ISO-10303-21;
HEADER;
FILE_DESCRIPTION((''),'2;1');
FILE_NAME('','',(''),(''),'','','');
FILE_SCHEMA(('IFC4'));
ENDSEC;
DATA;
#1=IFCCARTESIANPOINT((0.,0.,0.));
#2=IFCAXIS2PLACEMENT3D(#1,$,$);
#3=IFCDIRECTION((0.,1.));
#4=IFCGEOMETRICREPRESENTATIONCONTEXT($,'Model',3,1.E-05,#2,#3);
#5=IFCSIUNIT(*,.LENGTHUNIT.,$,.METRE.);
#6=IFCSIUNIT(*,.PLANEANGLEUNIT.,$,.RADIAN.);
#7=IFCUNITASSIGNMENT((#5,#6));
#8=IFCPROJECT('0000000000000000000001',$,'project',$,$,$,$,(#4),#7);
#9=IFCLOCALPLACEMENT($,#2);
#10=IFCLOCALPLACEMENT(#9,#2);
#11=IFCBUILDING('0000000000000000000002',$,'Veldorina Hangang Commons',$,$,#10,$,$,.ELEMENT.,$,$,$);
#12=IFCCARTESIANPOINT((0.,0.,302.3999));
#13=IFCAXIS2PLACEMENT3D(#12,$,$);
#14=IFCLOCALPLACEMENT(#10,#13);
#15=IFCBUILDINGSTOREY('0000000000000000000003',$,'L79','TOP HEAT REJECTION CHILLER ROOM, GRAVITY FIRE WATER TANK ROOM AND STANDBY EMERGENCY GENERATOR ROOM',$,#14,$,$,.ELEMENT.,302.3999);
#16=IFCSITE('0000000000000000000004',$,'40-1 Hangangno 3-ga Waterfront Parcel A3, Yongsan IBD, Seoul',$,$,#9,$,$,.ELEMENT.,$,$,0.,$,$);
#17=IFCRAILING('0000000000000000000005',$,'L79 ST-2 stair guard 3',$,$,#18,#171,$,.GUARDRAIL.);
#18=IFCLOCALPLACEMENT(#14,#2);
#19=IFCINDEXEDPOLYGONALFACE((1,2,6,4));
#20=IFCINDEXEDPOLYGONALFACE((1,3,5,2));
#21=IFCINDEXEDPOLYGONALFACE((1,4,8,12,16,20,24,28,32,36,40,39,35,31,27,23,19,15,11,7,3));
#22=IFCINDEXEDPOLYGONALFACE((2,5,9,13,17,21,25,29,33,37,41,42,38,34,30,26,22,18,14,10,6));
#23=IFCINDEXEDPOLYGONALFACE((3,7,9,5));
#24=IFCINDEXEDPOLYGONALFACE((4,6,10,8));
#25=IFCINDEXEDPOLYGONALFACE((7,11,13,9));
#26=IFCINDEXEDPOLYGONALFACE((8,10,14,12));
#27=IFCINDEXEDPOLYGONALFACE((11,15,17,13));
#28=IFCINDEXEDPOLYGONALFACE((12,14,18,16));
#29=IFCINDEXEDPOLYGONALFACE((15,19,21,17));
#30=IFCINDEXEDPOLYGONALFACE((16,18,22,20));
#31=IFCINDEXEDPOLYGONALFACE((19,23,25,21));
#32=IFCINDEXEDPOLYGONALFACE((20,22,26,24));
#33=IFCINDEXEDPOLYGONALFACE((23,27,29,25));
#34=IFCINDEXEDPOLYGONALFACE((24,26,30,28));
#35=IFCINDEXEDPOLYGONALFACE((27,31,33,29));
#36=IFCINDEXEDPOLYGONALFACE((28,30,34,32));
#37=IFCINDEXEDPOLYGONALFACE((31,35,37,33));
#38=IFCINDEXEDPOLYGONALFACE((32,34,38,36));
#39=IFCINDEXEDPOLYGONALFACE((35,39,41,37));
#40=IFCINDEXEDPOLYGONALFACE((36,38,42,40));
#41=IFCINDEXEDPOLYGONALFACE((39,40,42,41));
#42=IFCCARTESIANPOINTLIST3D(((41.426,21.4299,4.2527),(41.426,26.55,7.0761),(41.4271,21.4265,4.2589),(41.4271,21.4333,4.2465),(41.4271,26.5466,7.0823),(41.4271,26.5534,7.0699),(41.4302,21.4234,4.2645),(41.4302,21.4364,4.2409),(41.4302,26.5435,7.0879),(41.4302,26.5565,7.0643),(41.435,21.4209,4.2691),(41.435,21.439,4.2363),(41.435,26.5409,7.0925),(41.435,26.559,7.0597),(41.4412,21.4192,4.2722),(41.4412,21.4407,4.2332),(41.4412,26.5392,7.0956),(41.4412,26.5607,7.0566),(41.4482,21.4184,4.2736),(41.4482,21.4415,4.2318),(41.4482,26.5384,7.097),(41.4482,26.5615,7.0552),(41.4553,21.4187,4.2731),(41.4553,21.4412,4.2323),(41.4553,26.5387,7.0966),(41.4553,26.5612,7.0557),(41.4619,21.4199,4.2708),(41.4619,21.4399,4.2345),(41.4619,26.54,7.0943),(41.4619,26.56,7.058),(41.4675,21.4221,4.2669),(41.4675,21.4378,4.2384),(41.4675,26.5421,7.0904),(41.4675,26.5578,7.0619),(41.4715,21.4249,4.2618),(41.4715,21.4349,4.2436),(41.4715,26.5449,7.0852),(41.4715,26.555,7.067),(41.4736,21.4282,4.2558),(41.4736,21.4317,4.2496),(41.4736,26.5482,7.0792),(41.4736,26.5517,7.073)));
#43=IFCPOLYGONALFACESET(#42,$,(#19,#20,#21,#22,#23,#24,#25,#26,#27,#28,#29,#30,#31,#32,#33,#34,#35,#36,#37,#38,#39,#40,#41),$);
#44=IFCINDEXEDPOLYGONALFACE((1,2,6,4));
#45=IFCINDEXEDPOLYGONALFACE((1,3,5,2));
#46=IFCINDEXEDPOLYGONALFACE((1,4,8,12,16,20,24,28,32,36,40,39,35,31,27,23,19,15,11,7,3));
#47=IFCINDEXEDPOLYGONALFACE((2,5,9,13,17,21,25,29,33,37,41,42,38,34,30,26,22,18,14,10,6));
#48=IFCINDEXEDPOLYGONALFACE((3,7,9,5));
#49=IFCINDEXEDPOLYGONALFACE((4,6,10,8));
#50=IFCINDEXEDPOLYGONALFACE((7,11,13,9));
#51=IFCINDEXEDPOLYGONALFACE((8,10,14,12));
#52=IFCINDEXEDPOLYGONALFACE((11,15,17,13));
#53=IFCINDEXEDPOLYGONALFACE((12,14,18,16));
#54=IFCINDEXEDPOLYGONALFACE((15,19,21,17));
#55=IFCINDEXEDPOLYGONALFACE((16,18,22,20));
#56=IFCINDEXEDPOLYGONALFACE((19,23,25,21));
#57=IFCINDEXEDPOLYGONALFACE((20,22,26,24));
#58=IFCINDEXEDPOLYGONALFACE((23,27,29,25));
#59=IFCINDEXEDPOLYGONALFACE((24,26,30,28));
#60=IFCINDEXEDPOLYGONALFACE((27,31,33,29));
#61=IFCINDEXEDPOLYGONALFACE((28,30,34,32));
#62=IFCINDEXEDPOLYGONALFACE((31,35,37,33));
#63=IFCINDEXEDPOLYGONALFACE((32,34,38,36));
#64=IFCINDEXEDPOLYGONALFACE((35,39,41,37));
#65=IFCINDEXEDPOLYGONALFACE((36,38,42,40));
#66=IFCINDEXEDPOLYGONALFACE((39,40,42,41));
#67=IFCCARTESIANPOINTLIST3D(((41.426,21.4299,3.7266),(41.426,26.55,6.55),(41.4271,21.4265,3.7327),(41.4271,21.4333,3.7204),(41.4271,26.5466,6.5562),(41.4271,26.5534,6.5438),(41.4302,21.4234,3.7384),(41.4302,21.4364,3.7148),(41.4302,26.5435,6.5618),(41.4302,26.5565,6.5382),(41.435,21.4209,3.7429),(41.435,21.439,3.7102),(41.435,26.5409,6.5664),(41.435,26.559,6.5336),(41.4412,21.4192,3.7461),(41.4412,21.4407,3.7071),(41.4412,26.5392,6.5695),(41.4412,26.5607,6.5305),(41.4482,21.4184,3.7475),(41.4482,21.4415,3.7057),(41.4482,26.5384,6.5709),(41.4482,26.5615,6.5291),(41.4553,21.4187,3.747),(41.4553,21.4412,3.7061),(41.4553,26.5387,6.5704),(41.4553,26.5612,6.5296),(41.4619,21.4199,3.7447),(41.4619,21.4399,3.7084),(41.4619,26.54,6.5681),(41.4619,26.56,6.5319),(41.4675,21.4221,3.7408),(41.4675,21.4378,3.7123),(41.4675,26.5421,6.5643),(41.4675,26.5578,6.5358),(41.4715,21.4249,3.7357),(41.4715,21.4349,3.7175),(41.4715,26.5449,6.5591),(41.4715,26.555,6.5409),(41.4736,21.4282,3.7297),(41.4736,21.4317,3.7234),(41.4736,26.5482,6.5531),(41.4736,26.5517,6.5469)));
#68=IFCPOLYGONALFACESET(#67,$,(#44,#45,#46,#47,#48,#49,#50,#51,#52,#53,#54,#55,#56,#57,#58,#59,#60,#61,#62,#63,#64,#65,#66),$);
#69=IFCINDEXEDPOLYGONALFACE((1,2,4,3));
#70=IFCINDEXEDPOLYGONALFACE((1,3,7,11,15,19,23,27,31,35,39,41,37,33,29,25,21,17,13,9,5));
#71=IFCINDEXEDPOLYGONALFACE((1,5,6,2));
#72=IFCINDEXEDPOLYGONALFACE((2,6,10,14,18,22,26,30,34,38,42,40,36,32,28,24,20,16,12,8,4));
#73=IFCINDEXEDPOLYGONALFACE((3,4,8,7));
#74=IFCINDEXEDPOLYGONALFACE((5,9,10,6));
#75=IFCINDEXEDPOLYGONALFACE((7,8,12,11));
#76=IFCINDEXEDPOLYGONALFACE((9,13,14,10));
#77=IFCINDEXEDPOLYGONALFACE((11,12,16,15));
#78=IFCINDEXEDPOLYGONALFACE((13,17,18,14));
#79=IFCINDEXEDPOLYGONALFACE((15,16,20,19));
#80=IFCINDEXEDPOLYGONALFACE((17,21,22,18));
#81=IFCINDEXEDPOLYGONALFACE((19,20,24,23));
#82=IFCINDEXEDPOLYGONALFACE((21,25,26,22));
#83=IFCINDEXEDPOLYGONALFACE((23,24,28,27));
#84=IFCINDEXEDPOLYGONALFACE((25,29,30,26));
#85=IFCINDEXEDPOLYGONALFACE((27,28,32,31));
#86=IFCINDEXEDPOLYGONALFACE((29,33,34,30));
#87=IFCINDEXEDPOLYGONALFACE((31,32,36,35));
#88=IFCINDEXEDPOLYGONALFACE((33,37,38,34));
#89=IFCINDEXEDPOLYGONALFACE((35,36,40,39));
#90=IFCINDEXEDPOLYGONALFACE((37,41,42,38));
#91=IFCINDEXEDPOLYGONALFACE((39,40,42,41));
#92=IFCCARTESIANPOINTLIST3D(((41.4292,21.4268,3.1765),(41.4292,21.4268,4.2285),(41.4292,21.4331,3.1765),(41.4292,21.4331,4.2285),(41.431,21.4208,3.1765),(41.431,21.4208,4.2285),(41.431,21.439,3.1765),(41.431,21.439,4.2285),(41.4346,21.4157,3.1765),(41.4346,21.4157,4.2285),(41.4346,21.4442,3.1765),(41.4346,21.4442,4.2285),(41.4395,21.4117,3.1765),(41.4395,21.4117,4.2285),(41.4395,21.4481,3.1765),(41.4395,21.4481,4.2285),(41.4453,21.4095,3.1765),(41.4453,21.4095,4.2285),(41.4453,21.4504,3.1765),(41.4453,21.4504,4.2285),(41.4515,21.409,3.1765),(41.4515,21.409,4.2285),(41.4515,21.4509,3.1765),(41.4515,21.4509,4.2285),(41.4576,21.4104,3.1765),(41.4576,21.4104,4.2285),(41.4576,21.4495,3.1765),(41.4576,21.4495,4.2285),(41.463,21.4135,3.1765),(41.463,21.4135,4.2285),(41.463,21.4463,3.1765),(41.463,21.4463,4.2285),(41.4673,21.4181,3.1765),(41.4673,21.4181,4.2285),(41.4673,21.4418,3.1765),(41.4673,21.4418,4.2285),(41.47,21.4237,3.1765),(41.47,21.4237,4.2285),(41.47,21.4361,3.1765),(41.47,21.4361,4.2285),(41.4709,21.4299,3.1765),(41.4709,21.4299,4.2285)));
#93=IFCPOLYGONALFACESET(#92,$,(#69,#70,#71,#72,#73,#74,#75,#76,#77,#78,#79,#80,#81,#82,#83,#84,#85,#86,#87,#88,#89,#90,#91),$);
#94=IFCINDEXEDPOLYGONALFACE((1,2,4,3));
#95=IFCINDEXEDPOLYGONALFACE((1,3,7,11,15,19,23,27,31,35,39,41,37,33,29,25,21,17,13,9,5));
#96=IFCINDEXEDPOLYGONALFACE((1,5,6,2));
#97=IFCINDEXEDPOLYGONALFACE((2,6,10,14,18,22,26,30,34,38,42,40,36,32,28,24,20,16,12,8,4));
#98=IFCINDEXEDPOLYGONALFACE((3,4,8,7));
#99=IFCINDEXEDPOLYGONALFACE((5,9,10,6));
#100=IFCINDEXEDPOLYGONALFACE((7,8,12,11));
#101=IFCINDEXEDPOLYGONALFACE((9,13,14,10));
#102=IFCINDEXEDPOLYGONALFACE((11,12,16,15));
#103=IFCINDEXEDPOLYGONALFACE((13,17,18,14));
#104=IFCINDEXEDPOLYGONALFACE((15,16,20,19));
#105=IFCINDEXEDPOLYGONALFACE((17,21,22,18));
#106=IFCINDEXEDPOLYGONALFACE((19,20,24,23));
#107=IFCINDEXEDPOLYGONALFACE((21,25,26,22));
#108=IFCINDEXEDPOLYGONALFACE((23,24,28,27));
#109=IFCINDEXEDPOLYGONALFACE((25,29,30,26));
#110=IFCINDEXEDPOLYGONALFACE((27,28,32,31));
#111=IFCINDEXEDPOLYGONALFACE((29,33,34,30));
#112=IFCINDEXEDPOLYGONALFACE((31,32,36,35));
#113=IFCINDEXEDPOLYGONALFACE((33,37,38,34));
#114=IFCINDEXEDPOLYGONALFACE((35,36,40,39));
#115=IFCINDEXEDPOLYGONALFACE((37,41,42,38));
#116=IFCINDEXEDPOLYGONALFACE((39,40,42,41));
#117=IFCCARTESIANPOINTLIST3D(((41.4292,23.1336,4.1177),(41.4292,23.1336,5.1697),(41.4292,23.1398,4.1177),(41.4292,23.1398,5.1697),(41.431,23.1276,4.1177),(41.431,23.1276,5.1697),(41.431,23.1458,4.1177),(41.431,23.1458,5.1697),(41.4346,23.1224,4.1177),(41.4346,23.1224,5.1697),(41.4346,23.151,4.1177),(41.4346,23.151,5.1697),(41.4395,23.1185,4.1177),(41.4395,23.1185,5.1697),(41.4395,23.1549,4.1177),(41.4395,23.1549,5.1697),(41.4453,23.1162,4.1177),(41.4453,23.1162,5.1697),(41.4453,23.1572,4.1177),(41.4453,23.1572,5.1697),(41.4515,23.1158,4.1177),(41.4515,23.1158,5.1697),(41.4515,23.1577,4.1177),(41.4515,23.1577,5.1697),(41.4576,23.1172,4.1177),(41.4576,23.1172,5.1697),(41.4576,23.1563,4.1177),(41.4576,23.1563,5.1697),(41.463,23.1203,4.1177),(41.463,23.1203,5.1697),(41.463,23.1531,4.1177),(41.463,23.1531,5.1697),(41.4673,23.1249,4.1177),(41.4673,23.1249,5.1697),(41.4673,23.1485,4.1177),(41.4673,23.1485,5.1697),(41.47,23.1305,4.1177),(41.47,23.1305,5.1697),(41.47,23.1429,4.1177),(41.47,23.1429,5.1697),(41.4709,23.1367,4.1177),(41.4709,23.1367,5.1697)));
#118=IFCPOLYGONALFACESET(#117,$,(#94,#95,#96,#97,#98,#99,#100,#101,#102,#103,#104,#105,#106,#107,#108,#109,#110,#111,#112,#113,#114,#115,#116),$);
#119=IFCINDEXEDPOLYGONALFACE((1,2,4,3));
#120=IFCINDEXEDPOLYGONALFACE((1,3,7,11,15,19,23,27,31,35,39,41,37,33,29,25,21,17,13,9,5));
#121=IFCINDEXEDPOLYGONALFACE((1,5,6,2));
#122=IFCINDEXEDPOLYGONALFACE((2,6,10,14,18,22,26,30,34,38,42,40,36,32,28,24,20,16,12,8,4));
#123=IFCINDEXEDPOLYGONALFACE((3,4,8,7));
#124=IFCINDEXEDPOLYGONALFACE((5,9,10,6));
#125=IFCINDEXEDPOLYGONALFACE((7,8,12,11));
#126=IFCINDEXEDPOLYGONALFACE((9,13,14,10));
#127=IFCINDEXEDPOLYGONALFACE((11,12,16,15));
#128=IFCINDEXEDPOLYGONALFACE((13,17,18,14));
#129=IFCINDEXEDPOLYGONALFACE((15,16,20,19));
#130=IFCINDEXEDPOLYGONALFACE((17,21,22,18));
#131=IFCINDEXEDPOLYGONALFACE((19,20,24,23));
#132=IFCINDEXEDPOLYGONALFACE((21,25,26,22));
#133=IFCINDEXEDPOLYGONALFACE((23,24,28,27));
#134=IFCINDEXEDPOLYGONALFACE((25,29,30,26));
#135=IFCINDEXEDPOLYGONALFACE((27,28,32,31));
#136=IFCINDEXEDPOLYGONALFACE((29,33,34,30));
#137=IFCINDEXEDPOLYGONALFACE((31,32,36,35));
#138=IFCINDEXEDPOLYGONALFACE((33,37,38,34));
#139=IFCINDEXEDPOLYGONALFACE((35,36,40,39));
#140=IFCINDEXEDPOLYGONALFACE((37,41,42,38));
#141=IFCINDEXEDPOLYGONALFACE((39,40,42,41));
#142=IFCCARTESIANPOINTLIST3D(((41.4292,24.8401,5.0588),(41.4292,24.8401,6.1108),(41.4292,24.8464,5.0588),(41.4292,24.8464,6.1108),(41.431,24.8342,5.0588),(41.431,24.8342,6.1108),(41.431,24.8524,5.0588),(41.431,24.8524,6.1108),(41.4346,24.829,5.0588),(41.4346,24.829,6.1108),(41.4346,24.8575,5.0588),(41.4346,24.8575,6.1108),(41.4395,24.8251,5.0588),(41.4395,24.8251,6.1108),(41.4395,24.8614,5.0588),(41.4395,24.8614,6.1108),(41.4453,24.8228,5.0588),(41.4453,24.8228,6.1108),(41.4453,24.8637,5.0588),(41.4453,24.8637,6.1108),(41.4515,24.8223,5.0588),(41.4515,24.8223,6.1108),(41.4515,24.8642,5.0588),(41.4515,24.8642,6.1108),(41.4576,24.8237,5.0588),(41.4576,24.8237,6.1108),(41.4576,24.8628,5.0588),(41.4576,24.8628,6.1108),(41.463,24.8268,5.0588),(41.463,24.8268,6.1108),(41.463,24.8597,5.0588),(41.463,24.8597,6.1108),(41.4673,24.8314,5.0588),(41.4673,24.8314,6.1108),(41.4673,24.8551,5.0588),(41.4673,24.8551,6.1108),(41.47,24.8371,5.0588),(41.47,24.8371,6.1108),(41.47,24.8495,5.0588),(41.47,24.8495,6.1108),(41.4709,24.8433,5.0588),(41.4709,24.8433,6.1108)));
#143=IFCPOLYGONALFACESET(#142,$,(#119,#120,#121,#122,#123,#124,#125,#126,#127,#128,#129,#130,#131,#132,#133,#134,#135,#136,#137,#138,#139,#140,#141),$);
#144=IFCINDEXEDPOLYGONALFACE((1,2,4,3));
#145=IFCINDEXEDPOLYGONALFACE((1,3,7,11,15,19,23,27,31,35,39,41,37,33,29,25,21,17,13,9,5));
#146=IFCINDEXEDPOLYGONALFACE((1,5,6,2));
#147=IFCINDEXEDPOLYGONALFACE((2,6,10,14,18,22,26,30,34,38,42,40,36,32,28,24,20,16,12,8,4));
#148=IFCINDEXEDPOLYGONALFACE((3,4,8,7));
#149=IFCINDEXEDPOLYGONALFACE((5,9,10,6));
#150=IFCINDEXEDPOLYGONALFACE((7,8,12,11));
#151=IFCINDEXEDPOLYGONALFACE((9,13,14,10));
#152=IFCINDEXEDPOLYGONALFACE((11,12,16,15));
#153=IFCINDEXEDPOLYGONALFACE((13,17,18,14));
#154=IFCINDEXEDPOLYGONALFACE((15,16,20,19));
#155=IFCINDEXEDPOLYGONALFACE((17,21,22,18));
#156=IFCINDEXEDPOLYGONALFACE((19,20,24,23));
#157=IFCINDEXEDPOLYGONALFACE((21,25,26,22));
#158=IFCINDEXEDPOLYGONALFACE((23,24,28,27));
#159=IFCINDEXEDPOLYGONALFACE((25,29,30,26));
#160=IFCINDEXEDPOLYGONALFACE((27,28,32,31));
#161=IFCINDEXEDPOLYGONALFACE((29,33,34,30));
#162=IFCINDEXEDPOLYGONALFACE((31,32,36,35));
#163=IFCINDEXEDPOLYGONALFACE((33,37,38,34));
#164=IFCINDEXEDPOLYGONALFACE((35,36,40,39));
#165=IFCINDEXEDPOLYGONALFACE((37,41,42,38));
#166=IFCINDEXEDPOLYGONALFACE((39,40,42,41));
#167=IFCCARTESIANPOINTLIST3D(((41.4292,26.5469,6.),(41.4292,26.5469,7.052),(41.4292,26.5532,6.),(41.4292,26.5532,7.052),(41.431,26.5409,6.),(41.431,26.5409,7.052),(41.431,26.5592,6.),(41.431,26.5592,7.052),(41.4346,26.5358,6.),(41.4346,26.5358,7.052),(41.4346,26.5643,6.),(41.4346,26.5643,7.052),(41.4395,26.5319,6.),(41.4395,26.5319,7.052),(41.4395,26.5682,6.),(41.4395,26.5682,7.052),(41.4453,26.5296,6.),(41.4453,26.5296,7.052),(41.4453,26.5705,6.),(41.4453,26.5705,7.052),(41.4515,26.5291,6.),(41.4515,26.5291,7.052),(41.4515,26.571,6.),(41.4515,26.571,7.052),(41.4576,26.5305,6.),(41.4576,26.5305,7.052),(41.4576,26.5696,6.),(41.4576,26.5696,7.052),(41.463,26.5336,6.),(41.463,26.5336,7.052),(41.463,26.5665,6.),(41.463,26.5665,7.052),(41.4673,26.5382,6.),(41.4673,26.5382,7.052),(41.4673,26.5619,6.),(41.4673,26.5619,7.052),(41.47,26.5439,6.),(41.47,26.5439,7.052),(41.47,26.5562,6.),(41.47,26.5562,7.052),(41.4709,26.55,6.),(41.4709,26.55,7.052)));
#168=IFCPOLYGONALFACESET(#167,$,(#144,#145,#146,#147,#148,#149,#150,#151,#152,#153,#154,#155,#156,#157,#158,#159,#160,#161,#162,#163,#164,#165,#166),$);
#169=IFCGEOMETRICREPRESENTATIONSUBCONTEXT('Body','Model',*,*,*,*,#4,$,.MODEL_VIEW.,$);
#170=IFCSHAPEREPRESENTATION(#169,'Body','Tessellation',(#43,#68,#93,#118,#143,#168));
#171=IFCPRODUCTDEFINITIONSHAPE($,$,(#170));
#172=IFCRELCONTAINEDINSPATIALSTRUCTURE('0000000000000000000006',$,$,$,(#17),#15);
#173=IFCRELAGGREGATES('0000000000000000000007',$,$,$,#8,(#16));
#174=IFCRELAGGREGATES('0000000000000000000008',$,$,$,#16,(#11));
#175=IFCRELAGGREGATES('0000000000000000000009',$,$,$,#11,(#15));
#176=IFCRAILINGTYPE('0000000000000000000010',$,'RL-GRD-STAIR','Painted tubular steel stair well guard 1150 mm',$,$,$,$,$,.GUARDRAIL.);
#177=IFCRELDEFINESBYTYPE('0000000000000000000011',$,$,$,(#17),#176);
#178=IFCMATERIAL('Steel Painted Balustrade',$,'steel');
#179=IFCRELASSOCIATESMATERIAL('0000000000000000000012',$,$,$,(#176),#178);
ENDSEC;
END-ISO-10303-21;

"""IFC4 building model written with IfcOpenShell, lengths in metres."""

from ifc_helpers import new_model, si_unit, direction, frame, origin, origin_2d, place, context, subcontext, project, spatial, circle, extrude, material, type_object, element, save


model = new_model("IFC4")

# Units and contexts
model_context = context("Model", 3, precision=1e-05, world=origin(), true_north=direction((0.0, 1.0)))
body_context = subcontext(model_context, "Body", "Model", "MODEL_VIEW")
ifc_project = project(units=[si_unit("LENGTHUNIT", "METRE"), si_unit("PLANEANGLEUNIT", "RADIAN")], contexts=[model_context])

# Site, building, storey
site_placement = place(None, origin())
site = spatial("IfcSite", under=ifc_project, at=site_placement, Name="40-1 Hangangno 3-ga Waterfront Parcel A3, Yongsan IBD, Seoul", CompositionType="ELEMENT", RefElevation=0.0)
building_placement = place(site_placement, origin())
building = spatial("IfcBuilding", under=site, at=building_placement, Name="Veldorina Hangang Commons", CompositionType="ELEMENT")
storey_placement = place(building_placement, frame((0.0, 0.0, 302.3999)))
storey = spatial("IfcBuildingStorey", under=building, at=storey_placement, Name="L79", Description="TOP HEAT REJECTION CHILLER ROOM, GRAVITY FIRE WATER TANK ROOM AND STANDBY EMERGENCY GENERATOR ROOM", CompositionType="ELEMENT", Elevation=302.3999)

# Railing
ifc_material_1 = material(Name="Steel Painted Balustrade", Category="steel")
railing_type = type_object("IfcRailingType", Name="RL-GRD-STAIR", Description="Painted tubular steel stair well guard 1150 mm", PredefinedType="GUARDRAIL", material=ifc_material_1)
railing_1_placement = place(storey_placement, frame((41.45, 21.4299, 3.1765)))
element("IfcRailing", 1, at=railing_1_placement, inside=storey, type_object=railing_type, Name="L79 ST-2 stair guard 3", PredefinedType="GUARDRAIL", context=body_context, shape_type="SweptSolid", body=[
    extrude(circle(Radius=0.0239, at=origin_2d()), frame((0.0, 0.0, 1.0762), z_axis=(0.0, 0.875679, 0.482893), x_axis=(-1.0, 0.0, 0.0)), (0.0, 0.0, 1.0), 5.8469),
    extrude(circle(Radius=0.0239, at=origin_2d()), frame((0.0, 0.0, 0.55), z_axis=(0.0, 0.875679, 0.482893), x_axis=(-1.0, 0.0, 0.0)), (0.0, 0.0, 1.0), 5.8469),
    extrude(circle(Radius=0.021, at=origin_2d()), origin(), (0.0, 0.0, 1.0), 1.052),
    extrude(circle(Radius=0.021, at=origin_2d()), frame((0.0, 1.7068, 0.9412)), (0.0, 0.0, 1.0), 1.052),
    extrude(circle(Radius=0.021, at=origin_2d()), frame((0.0, 3.4133, 1.8823)), (0.0, 0.0, 1.0), 1.052),
    extrude(circle(Radius=0.021, at=origin_2d()), frame((0.0, 5.1201, 2.8235)), (0.0, 0.0, 1.0), 1.052),
])

save(model, "model.ifc")
